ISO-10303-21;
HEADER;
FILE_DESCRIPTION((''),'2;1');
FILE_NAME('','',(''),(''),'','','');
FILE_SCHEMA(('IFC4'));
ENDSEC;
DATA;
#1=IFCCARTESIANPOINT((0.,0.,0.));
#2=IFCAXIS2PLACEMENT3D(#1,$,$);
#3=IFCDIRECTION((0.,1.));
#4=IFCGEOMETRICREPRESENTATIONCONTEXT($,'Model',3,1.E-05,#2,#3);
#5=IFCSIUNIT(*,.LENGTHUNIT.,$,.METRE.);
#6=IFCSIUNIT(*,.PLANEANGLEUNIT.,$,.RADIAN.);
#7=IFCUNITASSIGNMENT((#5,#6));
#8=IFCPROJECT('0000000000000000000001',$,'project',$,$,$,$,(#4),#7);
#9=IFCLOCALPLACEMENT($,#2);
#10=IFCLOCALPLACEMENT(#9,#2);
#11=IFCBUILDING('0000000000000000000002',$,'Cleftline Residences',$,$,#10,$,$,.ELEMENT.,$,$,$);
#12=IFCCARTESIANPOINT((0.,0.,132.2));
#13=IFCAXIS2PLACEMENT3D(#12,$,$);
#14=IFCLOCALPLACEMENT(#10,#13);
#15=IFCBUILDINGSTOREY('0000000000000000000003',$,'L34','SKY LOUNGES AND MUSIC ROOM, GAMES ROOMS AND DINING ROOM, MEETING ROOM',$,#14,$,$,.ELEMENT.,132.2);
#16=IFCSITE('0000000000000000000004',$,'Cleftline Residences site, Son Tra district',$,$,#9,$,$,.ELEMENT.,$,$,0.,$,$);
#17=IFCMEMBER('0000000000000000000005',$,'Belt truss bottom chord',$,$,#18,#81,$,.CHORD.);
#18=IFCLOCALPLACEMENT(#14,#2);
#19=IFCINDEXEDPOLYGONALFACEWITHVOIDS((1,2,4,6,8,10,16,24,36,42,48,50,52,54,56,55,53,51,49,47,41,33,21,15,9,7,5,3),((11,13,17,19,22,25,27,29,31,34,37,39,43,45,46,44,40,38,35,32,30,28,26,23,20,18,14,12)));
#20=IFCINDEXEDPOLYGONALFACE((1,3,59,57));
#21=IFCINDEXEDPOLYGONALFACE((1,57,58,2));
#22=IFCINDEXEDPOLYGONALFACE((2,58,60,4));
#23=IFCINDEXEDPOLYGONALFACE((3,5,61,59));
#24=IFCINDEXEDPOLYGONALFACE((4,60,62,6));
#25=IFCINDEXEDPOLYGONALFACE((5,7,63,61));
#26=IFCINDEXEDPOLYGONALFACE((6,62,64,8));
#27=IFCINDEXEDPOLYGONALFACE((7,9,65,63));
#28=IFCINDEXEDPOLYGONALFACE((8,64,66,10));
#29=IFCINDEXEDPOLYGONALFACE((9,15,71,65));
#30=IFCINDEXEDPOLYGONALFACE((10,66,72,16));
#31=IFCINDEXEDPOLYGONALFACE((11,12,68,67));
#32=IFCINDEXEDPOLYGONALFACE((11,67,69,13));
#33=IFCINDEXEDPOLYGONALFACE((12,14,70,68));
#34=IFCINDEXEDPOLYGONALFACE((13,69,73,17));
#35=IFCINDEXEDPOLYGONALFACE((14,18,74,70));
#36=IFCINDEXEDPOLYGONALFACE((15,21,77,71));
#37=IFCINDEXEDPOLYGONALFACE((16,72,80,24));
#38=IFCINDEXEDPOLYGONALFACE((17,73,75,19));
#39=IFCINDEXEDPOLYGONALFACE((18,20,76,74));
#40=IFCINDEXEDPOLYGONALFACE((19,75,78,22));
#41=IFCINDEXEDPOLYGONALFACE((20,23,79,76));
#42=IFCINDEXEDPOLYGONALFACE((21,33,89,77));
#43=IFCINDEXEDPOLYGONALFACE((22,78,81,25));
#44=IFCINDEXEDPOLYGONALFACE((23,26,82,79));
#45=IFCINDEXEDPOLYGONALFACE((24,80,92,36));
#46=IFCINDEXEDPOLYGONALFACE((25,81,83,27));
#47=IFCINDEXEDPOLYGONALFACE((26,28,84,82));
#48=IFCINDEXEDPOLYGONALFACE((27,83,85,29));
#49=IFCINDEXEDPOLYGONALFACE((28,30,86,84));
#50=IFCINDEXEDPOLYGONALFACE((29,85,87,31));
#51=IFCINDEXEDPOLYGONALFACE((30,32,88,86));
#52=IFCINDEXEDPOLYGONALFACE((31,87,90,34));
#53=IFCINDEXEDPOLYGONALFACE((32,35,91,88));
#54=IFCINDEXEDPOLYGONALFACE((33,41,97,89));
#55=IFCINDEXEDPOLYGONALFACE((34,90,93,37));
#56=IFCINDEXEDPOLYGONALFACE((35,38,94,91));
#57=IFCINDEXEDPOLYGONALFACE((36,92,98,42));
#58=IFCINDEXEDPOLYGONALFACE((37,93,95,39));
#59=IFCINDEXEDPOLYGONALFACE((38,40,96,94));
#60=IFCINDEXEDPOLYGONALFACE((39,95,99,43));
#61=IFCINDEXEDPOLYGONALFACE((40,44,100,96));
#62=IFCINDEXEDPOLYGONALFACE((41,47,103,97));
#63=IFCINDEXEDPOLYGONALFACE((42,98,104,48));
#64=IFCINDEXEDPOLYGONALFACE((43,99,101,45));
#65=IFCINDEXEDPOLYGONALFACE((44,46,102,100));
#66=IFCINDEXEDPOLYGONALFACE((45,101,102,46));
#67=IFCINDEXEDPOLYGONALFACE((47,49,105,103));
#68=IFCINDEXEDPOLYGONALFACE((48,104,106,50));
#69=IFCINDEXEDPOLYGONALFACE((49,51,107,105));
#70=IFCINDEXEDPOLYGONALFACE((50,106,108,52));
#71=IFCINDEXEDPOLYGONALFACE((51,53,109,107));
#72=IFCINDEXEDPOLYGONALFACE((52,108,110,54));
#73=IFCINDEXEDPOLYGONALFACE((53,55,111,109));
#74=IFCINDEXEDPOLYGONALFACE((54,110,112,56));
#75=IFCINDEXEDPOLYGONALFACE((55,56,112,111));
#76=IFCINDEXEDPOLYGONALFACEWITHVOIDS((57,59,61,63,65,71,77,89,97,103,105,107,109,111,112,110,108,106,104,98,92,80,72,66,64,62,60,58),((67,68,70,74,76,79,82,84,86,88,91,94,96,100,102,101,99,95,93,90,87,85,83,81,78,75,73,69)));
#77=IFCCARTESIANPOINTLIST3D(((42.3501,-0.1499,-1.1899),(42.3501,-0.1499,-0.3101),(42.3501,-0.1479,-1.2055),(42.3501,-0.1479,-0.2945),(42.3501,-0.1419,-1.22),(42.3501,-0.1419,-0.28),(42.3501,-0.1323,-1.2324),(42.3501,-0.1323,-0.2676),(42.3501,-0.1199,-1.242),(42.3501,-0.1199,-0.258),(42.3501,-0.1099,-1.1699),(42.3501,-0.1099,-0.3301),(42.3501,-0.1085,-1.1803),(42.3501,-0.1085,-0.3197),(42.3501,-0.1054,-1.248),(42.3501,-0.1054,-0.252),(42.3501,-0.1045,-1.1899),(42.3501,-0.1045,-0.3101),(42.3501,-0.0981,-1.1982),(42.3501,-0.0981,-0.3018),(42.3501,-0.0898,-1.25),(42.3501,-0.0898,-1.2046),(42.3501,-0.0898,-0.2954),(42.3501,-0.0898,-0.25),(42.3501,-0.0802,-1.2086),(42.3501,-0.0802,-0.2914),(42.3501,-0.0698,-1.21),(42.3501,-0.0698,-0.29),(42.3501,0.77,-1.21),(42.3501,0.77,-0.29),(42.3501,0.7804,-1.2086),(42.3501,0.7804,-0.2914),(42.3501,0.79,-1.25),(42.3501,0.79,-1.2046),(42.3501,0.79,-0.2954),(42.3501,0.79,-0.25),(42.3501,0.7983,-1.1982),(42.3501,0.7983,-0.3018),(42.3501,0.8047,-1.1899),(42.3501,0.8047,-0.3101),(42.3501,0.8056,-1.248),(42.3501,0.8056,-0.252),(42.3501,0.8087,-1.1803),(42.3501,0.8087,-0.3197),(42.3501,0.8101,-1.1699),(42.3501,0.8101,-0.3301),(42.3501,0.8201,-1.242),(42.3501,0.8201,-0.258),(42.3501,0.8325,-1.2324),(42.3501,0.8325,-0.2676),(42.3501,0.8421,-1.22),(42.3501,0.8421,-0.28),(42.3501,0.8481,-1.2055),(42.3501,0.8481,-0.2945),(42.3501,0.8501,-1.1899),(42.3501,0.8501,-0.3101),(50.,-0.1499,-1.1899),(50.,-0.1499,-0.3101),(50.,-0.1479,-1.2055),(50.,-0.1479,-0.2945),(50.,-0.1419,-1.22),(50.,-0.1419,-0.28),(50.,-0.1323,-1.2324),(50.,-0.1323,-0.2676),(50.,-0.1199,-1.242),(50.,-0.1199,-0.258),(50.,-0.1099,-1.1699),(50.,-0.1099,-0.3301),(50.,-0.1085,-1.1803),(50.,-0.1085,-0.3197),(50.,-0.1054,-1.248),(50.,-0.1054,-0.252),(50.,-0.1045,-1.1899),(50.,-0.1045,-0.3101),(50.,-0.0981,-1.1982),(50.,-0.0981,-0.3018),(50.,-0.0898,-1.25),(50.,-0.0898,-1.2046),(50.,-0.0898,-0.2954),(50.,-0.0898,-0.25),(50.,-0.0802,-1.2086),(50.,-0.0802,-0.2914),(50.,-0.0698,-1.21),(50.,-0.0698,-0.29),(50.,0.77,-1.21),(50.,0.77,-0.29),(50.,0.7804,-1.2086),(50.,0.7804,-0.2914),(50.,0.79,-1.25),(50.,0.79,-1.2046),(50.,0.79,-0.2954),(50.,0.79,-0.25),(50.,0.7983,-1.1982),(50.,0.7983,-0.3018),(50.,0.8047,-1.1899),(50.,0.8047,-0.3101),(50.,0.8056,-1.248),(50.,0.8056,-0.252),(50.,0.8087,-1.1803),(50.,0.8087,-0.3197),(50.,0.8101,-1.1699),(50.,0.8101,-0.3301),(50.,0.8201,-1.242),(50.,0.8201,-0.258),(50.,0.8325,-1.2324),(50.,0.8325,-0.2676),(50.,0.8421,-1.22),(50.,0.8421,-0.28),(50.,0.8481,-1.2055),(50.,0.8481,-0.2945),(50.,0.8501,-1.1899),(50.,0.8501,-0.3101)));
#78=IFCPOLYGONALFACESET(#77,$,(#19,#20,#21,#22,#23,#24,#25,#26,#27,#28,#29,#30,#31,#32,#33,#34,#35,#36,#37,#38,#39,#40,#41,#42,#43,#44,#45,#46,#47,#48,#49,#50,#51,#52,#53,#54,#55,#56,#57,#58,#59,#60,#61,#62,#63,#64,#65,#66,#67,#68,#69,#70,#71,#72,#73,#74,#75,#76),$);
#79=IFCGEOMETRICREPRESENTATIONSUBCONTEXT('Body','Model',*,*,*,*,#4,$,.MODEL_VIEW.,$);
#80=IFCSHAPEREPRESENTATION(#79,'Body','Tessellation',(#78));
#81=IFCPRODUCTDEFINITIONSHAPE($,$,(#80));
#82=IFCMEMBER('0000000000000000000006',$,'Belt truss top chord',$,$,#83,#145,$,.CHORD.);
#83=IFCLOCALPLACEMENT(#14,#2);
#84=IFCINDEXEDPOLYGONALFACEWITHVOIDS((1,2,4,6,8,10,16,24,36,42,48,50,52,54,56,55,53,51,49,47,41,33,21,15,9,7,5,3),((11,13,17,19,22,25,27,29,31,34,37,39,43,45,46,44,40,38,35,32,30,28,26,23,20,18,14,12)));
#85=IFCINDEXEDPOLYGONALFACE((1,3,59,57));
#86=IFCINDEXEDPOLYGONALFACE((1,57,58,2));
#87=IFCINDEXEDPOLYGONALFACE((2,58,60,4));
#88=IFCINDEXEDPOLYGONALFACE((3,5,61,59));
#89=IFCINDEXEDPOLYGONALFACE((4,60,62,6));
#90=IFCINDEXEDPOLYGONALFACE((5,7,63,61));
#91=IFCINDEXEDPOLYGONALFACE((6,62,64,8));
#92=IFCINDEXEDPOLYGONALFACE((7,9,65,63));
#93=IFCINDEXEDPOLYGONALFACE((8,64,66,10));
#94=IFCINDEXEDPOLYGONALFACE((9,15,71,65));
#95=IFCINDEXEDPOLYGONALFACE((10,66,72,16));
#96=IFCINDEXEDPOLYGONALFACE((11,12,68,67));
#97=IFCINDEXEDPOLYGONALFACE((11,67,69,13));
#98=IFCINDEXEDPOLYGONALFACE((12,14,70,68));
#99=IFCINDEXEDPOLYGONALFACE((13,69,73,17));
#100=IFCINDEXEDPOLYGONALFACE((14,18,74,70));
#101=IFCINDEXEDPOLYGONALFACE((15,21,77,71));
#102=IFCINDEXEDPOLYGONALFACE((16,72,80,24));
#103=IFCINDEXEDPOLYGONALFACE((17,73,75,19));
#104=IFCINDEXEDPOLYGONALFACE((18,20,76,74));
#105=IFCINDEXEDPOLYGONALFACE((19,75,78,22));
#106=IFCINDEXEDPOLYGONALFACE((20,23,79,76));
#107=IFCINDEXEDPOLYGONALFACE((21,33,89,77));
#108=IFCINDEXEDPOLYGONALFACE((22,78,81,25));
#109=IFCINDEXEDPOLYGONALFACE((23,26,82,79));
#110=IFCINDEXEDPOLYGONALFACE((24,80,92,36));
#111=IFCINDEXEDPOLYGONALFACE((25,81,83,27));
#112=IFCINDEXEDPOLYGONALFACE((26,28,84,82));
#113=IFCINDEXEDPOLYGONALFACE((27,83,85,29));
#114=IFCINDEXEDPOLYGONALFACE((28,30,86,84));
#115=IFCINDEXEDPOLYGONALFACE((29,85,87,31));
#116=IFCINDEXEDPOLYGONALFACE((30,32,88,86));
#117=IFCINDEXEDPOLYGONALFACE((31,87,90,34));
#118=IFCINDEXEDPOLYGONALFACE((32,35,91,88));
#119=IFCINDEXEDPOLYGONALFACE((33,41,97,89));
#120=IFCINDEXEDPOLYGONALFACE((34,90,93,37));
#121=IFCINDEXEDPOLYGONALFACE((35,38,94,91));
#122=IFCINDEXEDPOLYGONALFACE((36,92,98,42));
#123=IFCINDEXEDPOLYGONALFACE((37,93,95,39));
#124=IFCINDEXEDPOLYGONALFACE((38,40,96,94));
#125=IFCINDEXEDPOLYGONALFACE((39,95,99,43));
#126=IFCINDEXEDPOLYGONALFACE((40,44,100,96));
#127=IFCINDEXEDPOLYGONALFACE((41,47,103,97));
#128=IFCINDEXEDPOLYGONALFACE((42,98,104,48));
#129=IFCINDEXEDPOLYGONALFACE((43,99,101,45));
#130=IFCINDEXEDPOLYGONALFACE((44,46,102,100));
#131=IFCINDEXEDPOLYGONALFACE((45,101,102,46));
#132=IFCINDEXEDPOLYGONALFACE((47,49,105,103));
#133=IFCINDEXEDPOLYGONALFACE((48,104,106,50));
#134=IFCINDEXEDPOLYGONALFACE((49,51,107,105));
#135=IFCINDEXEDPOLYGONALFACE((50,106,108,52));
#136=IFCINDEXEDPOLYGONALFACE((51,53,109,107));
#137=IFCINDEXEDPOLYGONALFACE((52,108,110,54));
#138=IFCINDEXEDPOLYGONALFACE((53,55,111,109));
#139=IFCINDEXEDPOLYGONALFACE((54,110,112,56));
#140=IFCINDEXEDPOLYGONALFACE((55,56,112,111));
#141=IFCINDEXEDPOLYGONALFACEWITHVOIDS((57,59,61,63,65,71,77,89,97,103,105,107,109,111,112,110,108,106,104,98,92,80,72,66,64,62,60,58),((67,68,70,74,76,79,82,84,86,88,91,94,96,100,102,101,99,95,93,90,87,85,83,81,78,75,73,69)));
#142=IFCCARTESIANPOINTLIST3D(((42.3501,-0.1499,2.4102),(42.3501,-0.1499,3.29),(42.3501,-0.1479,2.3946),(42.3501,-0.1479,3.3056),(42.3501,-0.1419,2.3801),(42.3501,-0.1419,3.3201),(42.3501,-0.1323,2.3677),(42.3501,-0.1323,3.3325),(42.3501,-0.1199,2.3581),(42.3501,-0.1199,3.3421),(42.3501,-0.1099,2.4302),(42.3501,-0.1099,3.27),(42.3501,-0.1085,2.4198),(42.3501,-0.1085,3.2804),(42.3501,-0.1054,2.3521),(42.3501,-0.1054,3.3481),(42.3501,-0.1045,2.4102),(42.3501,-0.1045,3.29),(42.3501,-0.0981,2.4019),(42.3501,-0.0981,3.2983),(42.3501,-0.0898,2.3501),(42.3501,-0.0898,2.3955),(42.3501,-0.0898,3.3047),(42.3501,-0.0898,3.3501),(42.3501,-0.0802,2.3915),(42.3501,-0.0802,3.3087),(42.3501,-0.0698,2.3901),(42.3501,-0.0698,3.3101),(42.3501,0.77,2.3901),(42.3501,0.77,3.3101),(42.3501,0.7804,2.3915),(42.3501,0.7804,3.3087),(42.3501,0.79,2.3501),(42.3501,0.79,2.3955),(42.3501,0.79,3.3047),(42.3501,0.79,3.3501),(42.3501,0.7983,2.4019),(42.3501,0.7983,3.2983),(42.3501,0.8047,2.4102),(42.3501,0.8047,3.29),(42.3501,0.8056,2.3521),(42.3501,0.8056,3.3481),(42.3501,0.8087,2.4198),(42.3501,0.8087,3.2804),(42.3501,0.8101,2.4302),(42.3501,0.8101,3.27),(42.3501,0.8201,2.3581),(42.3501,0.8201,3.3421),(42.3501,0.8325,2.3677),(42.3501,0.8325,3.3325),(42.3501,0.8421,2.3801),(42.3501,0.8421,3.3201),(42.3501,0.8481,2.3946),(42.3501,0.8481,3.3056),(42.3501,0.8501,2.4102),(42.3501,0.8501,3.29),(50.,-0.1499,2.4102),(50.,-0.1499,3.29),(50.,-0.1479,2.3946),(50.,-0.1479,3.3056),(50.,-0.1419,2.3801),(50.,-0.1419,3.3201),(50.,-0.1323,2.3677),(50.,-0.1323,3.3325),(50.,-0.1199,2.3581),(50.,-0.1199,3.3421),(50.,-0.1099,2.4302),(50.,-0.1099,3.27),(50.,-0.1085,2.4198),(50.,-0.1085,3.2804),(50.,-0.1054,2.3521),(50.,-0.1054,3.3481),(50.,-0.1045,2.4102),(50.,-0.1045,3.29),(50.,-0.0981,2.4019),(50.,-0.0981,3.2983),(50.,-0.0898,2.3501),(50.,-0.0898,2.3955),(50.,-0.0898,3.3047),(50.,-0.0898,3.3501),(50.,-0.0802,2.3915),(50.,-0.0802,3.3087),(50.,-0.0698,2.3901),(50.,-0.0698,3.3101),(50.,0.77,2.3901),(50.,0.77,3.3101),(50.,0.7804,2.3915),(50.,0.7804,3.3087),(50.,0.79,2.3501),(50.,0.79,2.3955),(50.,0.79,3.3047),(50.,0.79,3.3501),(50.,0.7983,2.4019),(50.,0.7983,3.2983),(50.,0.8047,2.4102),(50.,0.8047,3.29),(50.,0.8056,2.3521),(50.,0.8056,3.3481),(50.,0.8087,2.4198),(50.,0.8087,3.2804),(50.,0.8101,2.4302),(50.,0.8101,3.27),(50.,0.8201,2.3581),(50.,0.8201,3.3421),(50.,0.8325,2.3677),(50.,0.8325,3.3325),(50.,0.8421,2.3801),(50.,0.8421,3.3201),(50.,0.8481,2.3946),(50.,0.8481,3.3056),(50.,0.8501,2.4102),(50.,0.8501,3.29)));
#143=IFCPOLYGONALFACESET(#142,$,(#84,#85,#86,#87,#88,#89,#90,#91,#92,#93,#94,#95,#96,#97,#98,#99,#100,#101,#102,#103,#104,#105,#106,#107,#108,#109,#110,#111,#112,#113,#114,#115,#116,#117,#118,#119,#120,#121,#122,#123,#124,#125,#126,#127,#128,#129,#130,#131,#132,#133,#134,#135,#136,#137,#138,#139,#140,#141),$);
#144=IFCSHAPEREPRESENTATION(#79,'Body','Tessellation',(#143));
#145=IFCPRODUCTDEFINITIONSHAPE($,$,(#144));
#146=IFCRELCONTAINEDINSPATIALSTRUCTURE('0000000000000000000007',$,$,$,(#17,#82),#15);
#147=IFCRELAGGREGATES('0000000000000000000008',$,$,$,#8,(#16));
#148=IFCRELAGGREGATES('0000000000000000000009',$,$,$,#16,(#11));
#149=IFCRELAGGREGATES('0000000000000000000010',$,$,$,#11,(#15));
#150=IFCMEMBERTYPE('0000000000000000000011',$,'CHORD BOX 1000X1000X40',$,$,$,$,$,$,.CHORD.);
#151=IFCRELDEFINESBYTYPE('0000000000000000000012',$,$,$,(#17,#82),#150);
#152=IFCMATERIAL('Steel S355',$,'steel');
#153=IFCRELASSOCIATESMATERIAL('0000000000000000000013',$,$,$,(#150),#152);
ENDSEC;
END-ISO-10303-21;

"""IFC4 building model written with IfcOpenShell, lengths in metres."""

from ifc_helpers import new_model, si_unit, direction, frame, origin, origin_2d, place, context, subcontext, project, spatial, hollow_rectangle, extrude, material, material_profile, profile_set, type_object, element, save


model = new_model("IFC4")

# Units and contexts
model_context = context("Model", 3, precision=1e-05, world=origin(), true_north=direction((0.0, 1.0)))
body_context = subcontext(model_context, "Body", "Model", "MODEL_VIEW")
ifc_project = project(units=[si_unit("LENGTHUNIT", "METRE"), si_unit("PLANEANGLEUNIT", "RADIAN")], contexts=[model_context])

# Site, building, storey
site_placement = place(None, origin())
site = spatial("IfcSite", under=ifc_project, at=site_placement, Name="Cleftline Residences site, Son Tra district", CompositionType="ELEMENT", RefElevation=0.0)
building_placement = place(site_placement, origin())
building = spatial("IfcBuilding", under=site, at=building_placement, Name="Cleftline Residences", CompositionType="ELEMENT")
storey_placement = place(building_placement, frame((0.0, 0.0, 132.2)))
storey = spatial("IfcBuildingStorey", under=building, at=storey_placement, Name="L34", Description="SKY LOUNGES AND MUSIC ROOM, GAMES ROOMS AND DINING ROOM, MEETING ROOM", CompositionType="ELEMENT", Elevation=132.2)

# Members
ifc_material_1 = material(Name="Steel S355", Category="steel")
ifc_material_profile_1 = material_profile(ifc_material_1, hollow_rectangle(XDim=1.0, YDim=1.0, WallThickness=0.04, InnerFilletRadius=0.04, OuterFilletRadius=0.0601, at=origin_2d()))
ifc_profile_set_1 = profile_set([ifc_material_profile_1], Name="Steel S355")
member_type_1 = type_object("IfcMemberType", Name="CHORD BOX 1000X1000X40", PredefinedType="CHORD", material=ifc_profile_set_1)
for number, where, z_axis, x_axis, name in (
    (1, (42.3501, 0.3501, -0.75), (1.0, 0.0, 0.0), (0.0, 1.0, 0.0), "Belt truss bottom chord"),
    (2, (42.3501, 0.3501, 2.8501), (1.0, 0.0, 0.0), (0.0, 1.0, 0.0), "Belt truss top chord"),
):
    element("IfcMember", number, at=place(storey_placement, frame(where, z_axis=z_axis, x_axis=x_axis)), inside=storey, type_object=member_type_1, Name=name, PredefinedType="CHORD", context=body_context, shape_type="SweptSolid", body=[
        extrude(hollow_rectangle(XDim=1.0, YDim=1.0, WallThickness=0.04, InnerFilletRadius=0.04, OuterFilletRadius=0.0601, at=origin_2d()), origin(), (0.0, 0.0, 1.0), 7.6499),
    ])

save(model, "model.ifc")
